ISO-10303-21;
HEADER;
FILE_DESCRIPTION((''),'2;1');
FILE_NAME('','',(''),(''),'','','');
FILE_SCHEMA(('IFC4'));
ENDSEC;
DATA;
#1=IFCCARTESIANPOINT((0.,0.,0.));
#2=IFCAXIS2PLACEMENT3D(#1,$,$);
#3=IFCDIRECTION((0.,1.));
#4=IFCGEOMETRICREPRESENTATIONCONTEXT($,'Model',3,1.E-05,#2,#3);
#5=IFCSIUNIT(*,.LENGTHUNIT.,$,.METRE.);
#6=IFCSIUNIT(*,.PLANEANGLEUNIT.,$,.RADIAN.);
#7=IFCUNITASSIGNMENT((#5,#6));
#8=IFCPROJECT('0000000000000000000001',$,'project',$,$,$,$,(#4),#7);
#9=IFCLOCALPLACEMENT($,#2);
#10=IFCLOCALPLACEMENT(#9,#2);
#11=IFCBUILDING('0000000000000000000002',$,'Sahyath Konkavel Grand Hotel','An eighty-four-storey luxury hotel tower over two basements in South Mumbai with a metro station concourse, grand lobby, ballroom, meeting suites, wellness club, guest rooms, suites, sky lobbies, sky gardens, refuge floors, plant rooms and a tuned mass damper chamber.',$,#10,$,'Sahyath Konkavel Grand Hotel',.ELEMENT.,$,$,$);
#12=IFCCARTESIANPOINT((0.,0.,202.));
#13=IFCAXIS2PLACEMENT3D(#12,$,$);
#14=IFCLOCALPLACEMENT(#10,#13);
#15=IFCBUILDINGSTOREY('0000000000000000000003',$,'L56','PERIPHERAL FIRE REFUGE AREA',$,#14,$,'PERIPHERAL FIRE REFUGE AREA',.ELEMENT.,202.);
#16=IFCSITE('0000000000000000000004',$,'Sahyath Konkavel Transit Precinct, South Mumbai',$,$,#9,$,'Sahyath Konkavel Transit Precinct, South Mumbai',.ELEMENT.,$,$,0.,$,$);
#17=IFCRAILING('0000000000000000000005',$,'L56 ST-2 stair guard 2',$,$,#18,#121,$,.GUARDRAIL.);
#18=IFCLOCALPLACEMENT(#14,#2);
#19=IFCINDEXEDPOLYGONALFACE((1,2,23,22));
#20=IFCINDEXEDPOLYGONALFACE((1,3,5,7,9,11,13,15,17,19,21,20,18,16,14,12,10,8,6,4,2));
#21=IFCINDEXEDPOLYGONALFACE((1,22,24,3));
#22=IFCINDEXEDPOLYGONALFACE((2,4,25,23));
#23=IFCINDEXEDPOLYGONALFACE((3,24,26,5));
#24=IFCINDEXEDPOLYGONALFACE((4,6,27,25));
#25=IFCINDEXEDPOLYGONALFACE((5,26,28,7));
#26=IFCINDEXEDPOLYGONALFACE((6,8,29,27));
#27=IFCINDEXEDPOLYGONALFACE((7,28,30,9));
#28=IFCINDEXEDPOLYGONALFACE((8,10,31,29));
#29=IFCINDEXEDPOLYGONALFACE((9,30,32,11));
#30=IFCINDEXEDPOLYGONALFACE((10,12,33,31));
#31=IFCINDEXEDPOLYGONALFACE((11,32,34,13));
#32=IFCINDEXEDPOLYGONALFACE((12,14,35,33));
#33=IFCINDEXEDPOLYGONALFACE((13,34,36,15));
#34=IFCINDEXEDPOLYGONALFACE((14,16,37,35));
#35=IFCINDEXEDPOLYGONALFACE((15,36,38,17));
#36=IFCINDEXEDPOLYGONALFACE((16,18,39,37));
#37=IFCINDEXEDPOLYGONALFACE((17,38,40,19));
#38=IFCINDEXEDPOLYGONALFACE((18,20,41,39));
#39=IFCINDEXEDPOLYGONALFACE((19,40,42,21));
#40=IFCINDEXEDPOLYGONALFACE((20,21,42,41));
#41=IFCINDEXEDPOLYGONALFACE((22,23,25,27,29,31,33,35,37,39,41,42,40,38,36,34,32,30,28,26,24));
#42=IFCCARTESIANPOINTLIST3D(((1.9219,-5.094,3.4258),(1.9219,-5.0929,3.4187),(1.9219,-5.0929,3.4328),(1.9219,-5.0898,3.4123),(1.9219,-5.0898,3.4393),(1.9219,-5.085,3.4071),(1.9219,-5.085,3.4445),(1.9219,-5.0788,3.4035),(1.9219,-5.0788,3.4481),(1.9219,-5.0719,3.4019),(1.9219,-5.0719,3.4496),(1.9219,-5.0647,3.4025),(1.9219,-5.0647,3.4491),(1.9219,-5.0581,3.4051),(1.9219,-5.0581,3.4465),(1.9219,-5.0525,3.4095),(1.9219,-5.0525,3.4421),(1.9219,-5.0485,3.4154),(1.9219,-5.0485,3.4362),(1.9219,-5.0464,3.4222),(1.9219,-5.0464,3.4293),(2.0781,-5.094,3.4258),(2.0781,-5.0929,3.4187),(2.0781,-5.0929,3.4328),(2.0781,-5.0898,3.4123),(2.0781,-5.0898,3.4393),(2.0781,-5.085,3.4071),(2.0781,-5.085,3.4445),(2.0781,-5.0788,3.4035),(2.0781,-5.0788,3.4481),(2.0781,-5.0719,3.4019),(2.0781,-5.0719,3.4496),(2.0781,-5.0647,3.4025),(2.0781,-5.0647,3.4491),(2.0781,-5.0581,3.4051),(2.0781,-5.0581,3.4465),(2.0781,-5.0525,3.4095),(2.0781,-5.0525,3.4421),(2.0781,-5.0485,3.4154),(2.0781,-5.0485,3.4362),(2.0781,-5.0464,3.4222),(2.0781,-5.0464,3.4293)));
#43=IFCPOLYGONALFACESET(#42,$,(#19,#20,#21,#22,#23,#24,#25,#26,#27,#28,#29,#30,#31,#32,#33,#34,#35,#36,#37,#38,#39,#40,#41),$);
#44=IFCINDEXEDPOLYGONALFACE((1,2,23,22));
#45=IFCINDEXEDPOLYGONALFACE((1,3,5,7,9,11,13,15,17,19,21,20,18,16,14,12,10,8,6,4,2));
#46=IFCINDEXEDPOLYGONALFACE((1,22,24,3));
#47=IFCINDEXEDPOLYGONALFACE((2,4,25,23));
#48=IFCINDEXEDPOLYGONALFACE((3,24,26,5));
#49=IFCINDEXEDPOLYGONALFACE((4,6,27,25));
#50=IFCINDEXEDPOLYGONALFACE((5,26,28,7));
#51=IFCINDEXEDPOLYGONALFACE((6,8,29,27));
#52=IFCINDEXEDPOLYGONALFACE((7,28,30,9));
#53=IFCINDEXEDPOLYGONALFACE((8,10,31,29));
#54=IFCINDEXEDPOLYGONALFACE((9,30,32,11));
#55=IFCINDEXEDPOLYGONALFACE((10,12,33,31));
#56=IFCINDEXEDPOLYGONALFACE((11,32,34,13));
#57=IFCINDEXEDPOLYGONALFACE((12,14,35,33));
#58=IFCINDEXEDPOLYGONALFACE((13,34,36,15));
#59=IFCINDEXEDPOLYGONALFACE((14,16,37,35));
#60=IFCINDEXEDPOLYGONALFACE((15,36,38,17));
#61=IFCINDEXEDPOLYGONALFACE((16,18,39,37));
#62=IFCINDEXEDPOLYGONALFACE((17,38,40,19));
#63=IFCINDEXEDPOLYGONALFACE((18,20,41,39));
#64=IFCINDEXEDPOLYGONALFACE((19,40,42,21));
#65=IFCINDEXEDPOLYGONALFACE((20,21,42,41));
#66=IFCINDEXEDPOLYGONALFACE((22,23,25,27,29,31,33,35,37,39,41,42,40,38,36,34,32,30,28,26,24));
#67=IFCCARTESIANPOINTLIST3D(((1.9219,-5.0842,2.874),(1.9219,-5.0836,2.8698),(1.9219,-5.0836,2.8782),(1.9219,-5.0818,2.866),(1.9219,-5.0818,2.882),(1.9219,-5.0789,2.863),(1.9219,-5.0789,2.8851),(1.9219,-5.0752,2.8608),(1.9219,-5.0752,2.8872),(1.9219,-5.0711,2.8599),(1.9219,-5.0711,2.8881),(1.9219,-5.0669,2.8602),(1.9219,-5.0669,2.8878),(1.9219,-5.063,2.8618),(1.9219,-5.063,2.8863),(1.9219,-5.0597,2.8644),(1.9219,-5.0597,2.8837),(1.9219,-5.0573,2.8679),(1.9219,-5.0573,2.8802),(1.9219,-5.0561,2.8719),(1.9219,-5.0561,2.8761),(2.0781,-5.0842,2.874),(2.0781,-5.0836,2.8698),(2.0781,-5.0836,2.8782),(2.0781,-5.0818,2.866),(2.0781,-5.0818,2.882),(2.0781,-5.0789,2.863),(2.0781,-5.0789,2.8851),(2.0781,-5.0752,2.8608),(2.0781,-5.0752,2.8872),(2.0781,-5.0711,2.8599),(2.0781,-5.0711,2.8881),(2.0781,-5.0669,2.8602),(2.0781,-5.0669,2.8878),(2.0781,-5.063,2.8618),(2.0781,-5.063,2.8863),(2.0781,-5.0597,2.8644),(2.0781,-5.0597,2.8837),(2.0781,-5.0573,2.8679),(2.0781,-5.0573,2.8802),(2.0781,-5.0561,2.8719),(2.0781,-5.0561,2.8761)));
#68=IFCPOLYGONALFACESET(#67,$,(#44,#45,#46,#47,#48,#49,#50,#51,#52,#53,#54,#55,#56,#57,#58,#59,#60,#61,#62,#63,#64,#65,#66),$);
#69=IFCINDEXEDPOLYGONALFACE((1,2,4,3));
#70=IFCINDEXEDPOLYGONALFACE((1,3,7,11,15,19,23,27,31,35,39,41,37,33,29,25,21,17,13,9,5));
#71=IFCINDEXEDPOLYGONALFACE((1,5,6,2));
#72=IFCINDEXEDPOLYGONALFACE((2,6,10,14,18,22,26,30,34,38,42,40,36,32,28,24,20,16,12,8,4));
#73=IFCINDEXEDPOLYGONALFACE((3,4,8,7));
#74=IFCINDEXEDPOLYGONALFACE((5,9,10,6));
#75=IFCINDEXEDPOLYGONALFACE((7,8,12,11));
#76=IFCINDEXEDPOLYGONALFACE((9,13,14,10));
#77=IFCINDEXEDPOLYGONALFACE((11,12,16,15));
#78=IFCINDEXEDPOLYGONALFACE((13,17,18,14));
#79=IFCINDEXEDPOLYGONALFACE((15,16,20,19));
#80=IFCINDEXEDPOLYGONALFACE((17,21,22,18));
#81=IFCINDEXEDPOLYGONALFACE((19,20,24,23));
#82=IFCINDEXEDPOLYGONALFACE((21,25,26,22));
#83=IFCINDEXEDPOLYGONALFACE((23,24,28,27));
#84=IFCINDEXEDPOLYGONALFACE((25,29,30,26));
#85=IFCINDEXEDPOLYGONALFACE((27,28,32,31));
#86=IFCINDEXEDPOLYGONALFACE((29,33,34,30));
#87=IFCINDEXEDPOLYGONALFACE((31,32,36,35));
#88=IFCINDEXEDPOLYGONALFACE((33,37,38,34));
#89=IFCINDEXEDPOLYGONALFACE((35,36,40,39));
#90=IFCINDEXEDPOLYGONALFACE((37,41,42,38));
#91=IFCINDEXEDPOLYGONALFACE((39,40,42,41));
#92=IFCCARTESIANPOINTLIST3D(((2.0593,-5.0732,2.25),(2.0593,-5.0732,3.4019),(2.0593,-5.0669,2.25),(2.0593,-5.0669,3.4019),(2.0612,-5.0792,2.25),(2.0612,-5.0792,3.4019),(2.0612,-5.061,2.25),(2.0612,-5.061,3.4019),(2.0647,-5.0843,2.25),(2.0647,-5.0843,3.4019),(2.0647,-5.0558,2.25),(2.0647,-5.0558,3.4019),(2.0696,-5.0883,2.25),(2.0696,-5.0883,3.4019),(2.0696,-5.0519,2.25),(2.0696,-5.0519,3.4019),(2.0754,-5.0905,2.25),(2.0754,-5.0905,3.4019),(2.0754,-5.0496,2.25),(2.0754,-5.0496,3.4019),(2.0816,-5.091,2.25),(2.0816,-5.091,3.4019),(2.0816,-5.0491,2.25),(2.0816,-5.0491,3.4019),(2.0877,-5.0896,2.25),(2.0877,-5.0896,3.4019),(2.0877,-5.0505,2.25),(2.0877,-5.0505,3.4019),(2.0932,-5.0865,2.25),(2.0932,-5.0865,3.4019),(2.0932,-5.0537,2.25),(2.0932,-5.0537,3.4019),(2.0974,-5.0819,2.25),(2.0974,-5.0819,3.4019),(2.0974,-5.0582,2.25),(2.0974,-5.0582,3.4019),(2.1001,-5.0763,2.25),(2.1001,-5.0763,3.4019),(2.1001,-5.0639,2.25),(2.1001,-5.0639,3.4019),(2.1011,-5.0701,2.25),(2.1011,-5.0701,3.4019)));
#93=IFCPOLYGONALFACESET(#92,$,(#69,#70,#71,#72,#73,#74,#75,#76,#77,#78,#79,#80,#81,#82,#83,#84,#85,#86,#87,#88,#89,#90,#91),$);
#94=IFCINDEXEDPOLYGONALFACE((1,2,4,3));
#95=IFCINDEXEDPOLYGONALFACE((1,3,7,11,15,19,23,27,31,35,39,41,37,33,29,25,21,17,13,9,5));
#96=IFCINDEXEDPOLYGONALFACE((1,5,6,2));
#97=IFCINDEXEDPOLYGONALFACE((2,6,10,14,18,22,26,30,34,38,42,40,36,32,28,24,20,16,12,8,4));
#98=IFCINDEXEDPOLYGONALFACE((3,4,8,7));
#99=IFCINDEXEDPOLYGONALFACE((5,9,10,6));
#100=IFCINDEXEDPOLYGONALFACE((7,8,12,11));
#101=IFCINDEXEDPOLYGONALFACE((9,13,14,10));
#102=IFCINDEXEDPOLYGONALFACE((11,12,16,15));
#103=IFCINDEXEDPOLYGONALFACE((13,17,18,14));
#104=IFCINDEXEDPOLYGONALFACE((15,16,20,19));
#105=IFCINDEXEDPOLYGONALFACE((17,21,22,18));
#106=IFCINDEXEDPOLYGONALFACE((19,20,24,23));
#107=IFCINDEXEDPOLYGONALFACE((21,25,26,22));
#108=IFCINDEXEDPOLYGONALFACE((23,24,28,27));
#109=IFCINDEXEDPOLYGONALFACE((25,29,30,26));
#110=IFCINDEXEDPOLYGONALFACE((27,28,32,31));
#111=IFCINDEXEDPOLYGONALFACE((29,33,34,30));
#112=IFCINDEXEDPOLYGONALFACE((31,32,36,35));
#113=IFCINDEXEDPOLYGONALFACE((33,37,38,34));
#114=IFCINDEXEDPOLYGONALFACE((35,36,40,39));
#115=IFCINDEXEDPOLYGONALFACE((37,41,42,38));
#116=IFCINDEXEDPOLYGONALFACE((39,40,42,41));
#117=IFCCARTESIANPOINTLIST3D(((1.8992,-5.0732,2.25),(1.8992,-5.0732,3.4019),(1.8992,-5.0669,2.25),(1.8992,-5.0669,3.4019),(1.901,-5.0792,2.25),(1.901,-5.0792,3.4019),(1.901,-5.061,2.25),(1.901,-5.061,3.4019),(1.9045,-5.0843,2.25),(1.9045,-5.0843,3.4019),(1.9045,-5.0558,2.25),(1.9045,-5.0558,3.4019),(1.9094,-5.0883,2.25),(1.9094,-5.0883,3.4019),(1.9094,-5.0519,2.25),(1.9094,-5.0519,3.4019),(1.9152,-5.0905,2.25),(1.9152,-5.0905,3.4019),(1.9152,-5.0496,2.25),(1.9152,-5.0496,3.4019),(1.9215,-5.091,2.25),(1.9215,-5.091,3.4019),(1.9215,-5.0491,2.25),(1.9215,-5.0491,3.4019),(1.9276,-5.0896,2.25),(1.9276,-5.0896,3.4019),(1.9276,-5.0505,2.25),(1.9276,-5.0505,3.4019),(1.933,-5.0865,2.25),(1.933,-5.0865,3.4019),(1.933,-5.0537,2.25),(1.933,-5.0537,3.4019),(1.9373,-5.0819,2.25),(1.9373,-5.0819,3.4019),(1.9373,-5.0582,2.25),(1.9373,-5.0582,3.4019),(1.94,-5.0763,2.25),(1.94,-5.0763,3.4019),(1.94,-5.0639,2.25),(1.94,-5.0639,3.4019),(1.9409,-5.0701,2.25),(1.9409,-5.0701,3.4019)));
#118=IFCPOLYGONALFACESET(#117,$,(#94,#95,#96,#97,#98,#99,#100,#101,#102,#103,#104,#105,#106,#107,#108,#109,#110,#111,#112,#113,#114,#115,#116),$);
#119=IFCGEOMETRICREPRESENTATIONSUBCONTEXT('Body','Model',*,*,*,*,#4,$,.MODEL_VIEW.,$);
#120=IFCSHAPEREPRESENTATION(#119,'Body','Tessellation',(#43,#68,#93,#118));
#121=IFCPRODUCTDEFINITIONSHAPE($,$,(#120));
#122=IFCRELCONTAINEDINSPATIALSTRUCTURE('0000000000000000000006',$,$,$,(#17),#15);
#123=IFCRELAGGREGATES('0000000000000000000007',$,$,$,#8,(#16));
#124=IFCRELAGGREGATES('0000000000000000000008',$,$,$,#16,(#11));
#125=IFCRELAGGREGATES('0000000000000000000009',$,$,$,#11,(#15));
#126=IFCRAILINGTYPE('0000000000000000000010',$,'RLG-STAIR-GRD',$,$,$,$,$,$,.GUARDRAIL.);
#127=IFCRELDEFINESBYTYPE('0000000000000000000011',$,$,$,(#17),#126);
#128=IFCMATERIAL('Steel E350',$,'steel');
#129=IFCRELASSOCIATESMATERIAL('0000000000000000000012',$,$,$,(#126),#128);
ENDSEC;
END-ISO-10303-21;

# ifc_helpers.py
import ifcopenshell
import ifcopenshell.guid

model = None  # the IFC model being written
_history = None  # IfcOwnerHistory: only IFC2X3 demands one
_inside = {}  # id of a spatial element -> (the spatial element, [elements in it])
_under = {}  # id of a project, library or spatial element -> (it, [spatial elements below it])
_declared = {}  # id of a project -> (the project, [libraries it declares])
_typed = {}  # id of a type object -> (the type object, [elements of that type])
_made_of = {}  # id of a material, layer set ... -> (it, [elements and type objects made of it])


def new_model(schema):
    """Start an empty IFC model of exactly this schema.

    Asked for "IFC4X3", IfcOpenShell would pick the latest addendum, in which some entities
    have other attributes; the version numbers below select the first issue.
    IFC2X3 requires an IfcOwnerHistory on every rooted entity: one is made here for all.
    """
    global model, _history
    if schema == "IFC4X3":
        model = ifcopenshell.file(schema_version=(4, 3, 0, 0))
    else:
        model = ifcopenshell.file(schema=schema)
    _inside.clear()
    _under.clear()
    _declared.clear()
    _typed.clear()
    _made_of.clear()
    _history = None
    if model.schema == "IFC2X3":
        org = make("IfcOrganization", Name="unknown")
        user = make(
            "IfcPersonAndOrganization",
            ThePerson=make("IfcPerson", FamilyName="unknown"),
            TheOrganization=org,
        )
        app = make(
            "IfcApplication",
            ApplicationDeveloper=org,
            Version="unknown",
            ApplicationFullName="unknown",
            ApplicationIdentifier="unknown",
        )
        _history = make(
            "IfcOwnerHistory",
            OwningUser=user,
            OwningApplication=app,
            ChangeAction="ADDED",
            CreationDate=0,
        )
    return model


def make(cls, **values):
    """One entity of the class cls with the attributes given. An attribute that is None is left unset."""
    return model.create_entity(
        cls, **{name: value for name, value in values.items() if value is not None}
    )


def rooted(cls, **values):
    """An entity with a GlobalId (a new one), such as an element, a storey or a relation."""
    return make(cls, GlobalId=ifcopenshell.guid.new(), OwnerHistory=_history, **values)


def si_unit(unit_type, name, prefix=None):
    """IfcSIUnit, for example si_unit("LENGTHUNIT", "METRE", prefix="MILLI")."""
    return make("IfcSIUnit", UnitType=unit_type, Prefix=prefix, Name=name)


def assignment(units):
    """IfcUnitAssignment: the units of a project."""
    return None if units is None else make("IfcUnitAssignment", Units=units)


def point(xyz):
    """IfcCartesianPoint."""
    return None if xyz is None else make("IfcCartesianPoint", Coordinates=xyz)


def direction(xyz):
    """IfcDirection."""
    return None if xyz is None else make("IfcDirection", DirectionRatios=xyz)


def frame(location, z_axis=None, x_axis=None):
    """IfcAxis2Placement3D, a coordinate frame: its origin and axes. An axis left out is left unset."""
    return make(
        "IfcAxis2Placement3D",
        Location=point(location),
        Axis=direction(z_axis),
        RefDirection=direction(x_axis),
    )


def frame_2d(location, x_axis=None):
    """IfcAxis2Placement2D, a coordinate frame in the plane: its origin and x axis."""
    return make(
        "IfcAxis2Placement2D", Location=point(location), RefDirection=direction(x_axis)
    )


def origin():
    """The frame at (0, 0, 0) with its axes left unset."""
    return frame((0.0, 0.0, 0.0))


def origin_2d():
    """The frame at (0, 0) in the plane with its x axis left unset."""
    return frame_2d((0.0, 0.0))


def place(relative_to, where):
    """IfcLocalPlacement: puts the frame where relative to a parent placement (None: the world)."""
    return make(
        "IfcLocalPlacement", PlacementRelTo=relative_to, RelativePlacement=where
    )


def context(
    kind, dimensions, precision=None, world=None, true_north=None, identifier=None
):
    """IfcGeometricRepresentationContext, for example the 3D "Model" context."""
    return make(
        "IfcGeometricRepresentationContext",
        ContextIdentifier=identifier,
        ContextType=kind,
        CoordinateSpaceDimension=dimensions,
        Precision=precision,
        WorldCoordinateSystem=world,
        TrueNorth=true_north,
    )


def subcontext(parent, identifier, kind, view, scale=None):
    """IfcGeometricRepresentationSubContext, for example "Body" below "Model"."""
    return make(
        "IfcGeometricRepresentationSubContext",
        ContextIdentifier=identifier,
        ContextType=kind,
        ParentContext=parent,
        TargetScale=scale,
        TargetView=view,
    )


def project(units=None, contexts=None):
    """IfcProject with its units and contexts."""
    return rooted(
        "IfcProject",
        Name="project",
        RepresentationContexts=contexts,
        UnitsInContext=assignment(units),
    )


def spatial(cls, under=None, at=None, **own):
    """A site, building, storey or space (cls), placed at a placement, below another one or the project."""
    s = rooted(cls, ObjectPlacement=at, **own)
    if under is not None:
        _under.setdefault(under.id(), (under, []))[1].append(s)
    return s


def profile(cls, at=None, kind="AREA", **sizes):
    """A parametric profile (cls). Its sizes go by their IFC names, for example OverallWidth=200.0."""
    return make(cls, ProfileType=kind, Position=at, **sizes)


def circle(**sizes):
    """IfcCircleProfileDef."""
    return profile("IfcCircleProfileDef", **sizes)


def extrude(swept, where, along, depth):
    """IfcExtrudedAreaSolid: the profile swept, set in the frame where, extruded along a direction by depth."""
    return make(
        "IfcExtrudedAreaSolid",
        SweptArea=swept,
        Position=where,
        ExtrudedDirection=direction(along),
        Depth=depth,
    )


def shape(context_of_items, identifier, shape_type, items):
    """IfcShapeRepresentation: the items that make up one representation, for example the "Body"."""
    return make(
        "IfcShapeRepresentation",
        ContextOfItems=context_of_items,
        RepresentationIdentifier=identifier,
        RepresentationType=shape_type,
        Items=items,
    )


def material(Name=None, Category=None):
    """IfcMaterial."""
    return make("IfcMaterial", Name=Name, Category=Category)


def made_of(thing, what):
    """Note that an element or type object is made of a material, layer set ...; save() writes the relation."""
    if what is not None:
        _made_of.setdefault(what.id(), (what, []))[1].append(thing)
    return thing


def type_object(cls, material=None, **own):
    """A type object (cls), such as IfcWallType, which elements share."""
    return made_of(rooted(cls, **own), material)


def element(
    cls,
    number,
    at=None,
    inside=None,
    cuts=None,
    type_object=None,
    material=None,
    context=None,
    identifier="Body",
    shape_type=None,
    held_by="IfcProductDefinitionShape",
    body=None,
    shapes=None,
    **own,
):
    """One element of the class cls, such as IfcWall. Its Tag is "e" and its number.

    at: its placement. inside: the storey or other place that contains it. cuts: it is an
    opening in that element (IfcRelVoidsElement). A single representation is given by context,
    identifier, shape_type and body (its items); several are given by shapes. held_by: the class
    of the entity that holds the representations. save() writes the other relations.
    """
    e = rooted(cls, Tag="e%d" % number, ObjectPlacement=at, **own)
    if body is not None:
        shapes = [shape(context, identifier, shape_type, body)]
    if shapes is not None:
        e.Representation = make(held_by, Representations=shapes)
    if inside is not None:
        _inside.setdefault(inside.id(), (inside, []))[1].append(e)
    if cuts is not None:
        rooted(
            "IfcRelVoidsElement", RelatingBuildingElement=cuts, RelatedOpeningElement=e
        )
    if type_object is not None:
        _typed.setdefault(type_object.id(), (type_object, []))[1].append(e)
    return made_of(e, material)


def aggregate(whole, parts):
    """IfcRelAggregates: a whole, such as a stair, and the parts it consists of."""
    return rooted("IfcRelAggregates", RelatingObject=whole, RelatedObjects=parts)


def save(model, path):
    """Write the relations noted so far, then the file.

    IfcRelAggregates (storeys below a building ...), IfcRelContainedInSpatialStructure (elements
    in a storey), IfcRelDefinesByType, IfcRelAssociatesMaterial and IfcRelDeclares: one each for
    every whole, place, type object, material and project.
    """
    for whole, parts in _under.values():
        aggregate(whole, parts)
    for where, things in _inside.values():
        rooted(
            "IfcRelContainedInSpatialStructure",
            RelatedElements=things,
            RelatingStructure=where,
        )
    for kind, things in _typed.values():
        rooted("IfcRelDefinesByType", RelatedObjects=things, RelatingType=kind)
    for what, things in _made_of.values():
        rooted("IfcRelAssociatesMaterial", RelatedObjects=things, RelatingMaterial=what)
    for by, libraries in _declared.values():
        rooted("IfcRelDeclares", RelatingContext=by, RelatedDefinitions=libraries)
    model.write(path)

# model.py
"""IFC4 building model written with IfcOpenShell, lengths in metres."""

from ifc_helpers import new_model, si_unit, direction, frame, origin, origin_2d, place, context, subcontext, project, spatial, circle, extrude, material, type_object, element, save


model = new_model("IFC4")

# Units and contexts
model_context = context("Model", 3, precision=1e-05, world=origin(), true_north=direction((0.0, 1.0)))
body_context = subcontext(model_context, "Body", "Model", "MODEL_VIEW")
ifc_project = project(units=[si_unit("LENGTHUNIT", "METRE"), si_unit("PLANEANGLEUNIT", "RADIAN")], contexts=[model_context])

# Site, building, storey
site_placement = place(None, origin())
site = spatial("IfcSite", under=ifc_project, at=site_placement, Name="Sahyath Konkavel Transit Precinct, South Mumbai", LongName="Sahyath Konkavel Transit Precinct, South Mumbai", CompositionType="ELEMENT", RefElevation=0.0)
building_placement = place(site_placement, origin())
building = spatial("IfcBuilding", under=site, at=building_placement, Name="Sahyath Konkavel Grand Hotel", Description="An eighty-four-storey luxury hotel tower over two basements in South Mumbai with a metro station concourse, grand lobby, ballroom, meeting suites, wellness club, guest rooms, suites, sky lobbies, sky gardens, refuge floors, plant rooms and a tuned mass damper chamber.", LongName="Sahyath Konkavel Grand Hotel", CompositionType="ELEMENT")
storey_placement = place(building_placement, frame((0.0, 0.0, 202.0)))
storey = spatial("IfcBuildingStorey", under=building, at=storey_placement, Name="L56", Description="PERIPHERAL FIRE REFUGE AREA", LongName="PERIPHERAL FIRE REFUGE AREA", CompositionType="ELEMENT", Elevation=202.0)

# Shared definitions
ifc_material_1 = material(Name="Steel E350", Category="steel")

# Railing
railing_type_1 = type_object("IfcRailingType", Name="RLG-STAIR-GRD", PredefinedType="GUARDRAIL", material=ifc_material_1)
railing_1_placement = place(storey_placement, frame((2.0801, -5.0701, 2.25)))
element("IfcRailing", 1, at=railing_1_placement, inside=storey, type_object=railing_type_1, Name="L56 ST-2 stair guard 2", PredefinedType="GUARDRAIL", context=body_context, shape_type="SweptSolid", body=[
    extrude(circle(Radius=0.0239, at=origin_2d()), frame((-0.002, 0.0, 1.1758), z_axis=(-1.0, 0.0, 0.0), x_axis=(0.0, -1.0, 0.0)), (0.0, 0.0, 1.0), 0.1562),
    extrude(circle(Radius=0.0142, at=origin_2d()), frame((-0.002, 0.0, 0.624), z_axis=(-1.0, 0.0, 0.0), x_axis=(0.0, -1.0, 0.0)), (0.0, 0.0, 1.0), 0.1562),
    extrude(circle(Radius=0.021, at=origin_2d()), origin(), (0.0, 0.0, 1.0), 1.1519),
    extrude(circle(Radius=0.021, at=origin_2d()), frame((-0.1602, 0.0, 0.0)), (0.0, 0.0, 1.0), 1.1519),
])

save(model, "model.ifc")
